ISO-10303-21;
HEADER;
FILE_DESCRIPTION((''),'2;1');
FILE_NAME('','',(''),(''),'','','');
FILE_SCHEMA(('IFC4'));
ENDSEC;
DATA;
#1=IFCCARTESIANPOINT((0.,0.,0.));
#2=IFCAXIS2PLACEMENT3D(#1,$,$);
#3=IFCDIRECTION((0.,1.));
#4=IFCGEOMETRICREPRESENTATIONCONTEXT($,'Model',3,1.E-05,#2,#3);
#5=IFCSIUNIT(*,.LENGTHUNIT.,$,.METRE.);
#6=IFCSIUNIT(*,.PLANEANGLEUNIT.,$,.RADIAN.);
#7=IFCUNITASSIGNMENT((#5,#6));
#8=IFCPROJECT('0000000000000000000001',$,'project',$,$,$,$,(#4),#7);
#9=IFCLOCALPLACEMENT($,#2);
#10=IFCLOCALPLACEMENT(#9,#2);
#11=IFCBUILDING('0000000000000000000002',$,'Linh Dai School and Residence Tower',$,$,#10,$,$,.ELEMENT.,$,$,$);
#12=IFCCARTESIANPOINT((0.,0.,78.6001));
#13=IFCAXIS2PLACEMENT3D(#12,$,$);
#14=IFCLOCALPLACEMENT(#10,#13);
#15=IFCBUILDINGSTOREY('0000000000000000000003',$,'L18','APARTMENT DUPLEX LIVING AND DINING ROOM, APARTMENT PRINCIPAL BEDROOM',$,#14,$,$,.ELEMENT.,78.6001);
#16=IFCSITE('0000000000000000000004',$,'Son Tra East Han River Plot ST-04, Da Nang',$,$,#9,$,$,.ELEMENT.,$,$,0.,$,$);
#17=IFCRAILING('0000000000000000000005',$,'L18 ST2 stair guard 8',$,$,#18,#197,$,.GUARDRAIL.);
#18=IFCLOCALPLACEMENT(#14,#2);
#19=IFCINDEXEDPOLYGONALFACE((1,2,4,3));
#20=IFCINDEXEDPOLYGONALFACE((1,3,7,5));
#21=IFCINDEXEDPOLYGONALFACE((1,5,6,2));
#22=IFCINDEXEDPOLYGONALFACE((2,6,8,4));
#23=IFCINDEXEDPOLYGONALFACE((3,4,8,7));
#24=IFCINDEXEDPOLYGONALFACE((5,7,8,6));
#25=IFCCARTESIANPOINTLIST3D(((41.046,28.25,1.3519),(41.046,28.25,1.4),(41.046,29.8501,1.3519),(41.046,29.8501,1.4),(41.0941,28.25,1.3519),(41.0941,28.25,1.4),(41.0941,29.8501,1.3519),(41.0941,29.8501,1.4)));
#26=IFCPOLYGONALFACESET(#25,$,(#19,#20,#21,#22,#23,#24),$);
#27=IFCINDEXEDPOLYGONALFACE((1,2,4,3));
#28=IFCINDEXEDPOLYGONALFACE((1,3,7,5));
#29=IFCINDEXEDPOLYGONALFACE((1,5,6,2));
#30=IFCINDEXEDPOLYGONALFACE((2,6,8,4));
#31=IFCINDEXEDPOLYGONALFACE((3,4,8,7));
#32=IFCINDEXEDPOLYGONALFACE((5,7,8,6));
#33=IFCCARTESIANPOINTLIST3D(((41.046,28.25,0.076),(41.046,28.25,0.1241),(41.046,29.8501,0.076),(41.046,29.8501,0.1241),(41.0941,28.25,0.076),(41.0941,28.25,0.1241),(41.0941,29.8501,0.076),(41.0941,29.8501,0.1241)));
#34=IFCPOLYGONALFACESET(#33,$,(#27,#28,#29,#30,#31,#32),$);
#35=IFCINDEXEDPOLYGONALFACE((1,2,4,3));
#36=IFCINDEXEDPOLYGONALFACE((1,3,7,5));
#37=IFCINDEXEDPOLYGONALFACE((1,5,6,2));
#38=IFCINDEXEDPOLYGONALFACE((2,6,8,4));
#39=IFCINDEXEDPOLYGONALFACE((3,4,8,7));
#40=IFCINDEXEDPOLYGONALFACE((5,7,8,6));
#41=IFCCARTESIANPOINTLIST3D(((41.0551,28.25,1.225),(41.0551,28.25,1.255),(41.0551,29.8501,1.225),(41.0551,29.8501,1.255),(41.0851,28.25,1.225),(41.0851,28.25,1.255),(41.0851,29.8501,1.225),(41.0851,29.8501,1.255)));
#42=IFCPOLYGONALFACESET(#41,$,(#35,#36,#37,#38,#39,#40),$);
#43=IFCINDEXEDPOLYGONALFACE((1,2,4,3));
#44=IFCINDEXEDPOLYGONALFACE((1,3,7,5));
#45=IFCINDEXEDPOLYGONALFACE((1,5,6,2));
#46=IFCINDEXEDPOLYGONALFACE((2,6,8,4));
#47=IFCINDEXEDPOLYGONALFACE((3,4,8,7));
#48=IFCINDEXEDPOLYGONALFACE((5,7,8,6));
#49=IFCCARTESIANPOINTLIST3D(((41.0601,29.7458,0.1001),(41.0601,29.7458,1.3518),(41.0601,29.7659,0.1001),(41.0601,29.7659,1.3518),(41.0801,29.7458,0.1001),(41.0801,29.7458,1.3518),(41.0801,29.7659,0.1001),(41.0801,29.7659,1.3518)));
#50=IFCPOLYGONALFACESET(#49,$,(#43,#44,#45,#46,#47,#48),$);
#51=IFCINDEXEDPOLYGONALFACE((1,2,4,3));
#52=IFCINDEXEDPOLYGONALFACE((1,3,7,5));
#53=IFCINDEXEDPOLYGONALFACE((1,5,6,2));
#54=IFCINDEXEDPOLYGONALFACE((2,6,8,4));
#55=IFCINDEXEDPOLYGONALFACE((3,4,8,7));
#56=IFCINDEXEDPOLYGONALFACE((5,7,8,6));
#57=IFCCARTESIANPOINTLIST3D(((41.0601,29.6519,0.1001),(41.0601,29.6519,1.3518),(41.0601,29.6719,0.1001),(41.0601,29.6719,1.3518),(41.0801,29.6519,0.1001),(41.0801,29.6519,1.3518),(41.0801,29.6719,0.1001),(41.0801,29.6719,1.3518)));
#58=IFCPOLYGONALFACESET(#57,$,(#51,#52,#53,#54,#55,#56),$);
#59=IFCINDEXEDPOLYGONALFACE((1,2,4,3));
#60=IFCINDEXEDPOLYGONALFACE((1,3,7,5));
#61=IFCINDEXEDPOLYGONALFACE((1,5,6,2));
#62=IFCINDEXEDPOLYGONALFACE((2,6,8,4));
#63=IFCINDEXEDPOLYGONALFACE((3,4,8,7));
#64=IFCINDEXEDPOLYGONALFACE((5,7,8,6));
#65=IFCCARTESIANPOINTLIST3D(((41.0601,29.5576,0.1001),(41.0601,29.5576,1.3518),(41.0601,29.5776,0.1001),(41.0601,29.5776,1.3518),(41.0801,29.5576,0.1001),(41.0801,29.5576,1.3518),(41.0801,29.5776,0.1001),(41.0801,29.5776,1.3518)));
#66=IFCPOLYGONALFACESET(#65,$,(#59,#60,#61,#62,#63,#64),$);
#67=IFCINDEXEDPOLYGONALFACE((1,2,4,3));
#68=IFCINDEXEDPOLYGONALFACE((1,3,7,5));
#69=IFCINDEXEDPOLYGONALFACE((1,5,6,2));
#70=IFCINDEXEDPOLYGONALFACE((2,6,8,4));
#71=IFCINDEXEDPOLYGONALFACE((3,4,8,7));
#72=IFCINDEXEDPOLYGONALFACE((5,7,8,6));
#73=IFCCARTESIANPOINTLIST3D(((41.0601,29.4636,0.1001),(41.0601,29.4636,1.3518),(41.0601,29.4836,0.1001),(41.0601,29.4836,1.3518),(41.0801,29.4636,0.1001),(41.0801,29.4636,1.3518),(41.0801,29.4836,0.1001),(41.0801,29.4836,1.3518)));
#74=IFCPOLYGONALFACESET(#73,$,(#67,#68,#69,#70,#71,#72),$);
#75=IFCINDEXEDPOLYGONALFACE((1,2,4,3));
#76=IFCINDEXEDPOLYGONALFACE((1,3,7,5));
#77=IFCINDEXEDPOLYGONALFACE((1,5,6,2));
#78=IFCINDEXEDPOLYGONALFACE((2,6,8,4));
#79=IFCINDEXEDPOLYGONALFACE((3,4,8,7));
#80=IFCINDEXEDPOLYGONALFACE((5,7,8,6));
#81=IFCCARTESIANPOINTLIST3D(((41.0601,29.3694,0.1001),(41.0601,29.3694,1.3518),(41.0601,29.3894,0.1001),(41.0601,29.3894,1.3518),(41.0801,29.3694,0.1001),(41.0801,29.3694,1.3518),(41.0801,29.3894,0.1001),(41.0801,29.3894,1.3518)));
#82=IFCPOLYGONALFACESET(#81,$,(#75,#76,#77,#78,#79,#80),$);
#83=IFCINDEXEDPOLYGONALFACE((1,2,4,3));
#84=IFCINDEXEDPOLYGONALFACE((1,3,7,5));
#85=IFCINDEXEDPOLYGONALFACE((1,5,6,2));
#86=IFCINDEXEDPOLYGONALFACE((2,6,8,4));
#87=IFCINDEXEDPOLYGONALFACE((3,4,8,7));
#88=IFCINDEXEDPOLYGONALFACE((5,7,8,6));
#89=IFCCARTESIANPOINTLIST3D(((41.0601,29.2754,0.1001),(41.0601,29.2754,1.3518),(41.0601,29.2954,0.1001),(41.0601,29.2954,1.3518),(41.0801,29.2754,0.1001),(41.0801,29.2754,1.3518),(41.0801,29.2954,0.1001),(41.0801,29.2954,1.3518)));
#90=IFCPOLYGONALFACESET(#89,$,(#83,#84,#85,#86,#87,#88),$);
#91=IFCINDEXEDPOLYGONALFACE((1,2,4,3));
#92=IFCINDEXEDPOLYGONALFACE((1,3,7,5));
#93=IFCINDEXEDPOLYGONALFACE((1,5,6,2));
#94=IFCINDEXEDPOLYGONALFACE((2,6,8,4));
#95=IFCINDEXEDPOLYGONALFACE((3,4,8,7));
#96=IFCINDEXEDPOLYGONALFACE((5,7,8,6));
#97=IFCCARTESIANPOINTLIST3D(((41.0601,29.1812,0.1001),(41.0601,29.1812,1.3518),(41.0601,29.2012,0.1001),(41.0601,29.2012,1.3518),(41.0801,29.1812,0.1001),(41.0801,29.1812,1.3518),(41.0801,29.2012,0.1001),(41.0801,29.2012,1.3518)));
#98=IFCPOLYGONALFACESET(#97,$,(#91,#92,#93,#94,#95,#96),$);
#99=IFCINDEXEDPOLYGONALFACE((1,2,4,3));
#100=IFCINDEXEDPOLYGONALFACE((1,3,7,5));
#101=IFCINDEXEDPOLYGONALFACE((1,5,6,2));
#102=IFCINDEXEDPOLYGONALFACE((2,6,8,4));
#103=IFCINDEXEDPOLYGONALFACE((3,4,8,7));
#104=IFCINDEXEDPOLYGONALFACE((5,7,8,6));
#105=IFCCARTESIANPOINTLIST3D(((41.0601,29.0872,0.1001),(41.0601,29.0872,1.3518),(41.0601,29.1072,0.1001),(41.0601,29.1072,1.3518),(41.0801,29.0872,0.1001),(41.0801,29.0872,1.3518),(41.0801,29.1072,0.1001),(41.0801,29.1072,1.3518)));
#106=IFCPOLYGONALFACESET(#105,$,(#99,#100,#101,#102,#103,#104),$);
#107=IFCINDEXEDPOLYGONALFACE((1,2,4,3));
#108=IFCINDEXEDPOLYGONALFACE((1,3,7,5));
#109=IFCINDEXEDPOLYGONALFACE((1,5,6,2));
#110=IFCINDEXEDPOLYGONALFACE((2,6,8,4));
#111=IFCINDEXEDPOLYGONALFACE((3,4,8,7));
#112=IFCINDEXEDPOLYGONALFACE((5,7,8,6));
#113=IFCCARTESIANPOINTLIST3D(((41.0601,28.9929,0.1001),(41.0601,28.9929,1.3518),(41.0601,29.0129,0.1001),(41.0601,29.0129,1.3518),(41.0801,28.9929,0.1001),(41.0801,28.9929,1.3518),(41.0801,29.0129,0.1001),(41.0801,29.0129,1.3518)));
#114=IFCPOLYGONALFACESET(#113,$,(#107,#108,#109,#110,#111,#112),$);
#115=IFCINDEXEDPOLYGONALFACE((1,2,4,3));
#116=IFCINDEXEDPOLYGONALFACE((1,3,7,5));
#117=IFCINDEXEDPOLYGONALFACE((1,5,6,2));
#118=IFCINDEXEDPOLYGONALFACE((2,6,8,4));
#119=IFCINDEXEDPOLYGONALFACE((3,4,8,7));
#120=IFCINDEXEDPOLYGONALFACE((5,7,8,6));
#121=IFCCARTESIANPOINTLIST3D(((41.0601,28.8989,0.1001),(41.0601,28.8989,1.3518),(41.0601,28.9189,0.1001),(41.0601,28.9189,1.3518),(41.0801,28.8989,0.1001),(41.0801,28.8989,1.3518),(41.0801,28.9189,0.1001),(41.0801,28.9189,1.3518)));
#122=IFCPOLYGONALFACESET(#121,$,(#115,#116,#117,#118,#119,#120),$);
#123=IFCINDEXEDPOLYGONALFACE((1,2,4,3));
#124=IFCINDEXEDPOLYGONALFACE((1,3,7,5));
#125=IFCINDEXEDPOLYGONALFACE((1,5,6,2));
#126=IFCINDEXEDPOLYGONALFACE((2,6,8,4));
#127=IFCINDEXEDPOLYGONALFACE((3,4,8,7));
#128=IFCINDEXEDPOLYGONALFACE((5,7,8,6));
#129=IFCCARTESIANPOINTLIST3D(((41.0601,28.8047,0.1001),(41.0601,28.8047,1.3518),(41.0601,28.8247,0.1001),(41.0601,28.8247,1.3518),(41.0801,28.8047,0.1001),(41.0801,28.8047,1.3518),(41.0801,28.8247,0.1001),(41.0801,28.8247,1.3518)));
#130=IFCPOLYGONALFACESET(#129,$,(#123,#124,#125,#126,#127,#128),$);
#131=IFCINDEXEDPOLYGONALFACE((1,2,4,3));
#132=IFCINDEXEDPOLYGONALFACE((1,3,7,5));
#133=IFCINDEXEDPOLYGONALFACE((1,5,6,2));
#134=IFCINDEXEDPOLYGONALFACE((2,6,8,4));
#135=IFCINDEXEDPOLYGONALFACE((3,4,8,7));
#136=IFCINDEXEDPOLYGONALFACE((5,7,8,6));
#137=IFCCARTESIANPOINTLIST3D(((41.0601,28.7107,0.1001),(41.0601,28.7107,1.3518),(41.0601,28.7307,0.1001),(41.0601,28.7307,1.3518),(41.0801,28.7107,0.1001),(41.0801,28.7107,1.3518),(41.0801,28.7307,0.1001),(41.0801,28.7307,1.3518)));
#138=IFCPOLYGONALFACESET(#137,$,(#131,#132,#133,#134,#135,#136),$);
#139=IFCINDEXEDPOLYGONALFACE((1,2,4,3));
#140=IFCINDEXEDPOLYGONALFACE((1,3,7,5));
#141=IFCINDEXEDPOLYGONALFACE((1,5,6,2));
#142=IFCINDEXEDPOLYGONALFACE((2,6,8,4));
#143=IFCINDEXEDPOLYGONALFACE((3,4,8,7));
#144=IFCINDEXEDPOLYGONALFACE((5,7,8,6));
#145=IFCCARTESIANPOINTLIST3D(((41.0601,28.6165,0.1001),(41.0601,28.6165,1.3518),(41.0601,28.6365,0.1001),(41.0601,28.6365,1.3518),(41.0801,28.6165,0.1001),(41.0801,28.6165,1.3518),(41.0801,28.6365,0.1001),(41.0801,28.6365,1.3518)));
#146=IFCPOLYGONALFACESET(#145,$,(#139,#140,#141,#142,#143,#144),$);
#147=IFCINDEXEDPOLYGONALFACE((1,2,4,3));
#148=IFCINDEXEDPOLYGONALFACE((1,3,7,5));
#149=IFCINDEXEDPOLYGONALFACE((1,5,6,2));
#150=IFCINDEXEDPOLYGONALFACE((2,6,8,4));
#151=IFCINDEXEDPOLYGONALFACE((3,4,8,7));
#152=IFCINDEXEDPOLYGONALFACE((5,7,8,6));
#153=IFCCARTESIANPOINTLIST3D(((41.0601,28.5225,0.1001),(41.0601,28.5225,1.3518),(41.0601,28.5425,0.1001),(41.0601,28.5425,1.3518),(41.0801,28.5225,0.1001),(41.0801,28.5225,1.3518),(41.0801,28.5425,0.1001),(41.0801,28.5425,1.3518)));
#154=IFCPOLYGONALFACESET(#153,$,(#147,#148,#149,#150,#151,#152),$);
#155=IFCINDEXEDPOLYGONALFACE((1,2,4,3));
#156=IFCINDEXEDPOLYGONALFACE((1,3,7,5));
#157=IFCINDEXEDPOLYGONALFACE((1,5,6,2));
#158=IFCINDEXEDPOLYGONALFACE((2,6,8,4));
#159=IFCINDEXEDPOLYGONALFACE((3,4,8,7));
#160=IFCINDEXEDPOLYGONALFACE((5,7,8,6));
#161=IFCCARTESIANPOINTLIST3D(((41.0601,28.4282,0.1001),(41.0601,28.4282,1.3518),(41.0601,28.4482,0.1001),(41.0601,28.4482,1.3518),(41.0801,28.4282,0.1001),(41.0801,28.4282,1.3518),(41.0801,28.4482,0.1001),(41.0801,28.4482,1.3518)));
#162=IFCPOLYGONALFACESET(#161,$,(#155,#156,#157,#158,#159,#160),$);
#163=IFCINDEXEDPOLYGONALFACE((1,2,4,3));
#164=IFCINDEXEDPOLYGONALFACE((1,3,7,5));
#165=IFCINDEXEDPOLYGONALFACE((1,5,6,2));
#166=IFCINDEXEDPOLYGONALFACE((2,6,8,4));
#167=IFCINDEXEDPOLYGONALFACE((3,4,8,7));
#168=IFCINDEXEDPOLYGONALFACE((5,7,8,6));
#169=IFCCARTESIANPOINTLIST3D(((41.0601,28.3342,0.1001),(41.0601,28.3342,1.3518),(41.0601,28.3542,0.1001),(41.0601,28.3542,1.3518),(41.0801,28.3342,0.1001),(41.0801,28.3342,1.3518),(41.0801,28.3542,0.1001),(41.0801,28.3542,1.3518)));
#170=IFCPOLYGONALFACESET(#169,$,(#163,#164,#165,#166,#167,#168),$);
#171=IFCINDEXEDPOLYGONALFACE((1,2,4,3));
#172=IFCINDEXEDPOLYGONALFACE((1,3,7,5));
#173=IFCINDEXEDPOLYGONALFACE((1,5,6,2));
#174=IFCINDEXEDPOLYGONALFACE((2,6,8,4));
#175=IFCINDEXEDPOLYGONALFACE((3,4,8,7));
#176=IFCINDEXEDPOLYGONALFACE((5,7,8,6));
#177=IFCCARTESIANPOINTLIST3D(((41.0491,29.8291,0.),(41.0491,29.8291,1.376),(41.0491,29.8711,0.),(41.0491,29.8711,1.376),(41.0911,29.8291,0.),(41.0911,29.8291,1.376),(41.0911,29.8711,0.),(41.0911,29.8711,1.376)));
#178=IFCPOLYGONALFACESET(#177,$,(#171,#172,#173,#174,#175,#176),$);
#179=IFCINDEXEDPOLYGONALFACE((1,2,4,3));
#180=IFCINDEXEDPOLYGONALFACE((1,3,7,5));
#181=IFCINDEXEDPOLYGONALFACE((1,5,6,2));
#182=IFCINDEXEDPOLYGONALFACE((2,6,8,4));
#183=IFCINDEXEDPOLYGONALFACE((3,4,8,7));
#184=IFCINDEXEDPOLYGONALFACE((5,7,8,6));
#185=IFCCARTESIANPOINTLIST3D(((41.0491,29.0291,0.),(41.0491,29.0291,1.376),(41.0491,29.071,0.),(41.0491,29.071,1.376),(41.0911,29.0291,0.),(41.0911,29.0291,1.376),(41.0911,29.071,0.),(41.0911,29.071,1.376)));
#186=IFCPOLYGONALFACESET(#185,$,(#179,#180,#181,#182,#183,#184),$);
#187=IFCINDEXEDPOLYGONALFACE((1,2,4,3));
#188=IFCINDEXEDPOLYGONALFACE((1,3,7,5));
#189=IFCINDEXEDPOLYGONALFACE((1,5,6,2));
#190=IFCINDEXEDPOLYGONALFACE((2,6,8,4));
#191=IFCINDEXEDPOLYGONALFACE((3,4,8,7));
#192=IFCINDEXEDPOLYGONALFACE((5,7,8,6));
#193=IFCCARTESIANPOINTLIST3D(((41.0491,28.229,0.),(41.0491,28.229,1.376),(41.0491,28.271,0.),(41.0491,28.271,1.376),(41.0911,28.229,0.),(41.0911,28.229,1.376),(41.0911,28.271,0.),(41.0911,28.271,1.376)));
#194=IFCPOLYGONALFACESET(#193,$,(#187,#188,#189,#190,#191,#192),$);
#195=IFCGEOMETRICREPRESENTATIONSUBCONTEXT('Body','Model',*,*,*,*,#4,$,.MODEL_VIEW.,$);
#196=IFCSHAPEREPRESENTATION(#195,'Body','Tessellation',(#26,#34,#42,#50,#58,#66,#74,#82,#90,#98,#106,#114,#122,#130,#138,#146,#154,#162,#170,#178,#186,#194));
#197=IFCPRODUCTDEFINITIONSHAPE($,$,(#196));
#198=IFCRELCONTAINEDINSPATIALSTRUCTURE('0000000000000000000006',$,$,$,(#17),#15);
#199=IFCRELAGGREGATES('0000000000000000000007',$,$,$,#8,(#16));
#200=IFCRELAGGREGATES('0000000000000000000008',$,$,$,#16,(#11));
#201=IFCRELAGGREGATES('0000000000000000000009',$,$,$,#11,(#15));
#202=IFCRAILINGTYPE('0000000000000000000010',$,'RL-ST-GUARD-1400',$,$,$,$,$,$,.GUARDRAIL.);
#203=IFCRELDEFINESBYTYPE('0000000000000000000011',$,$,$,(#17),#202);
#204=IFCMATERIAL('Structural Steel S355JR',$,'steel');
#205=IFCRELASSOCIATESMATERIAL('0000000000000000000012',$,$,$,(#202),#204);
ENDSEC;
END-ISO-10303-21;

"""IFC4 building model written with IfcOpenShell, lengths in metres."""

from ifc_helpers import new_model, si_unit, direction, frame, origin, origin_2d, place, context, subcontext, project, spatial, rectangle, extrude, source, transform, mapped, material, type_object, element, save


model = new_model("IFC4")

# Units and contexts
model_context = context("Model", 3, precision=1e-05, world=origin(), true_north=direction((0.0, 1.0)))
body_context = subcontext(model_context, "Body", "Model", "MODEL_VIEW")
ifc_project = project(units=[si_unit("LENGTHUNIT", "METRE"), si_unit("PLANEANGLEUNIT", "RADIAN")], contexts=[model_context])

# Site, building, storey
site_placement = place(None, origin())
site = spatial("IfcSite", under=ifc_project, at=site_placement, Name="Son Tra East Han River Plot ST-04, Da Nang", CompositionType="ELEMENT", RefElevation=0.0)
building_placement = place(site_placement, origin())
building = spatial("IfcBuilding", under=site, at=building_placement, Name="Linh Dai School and Residence Tower", CompositionType="ELEMENT")
storey_placement = place(building_placement, frame((0.0, 0.0, 78.6001)))
storey = spatial("IfcBuildingStorey", under=building, at=storey_placement, Name="L18", Description="APARTMENT DUPLEX LIVING AND DINING ROOM, APARTMENT PRINCIPAL BEDROOM", CompositionType="ELEMENT", Elevation=78.6001)

# Shared definitions
ifc_material_1 = material(Name="Structural Steel S355JR", Category="steel")

# Railing
railing_type_1 = type_object("IfcRailingType", Name="RL-ST-GUARD-1400", PredefinedType="GUARDRAIL", material=ifc_material_1)
shared_shape_1 = source(origin(), body_context, "Body", "SweptSolid", [
    extrude(rectangle(XDim=0.0481, YDim=0.0481, at=origin_2d()), frame((0.0, 0.0, 1.376), z_axis=(0.0, -1.0, 0.0), x_axis=(1.0, 0.0, 0.0)), (0.0, 0.0, 1.0), 1.6001),
    extrude(rectangle(XDim=0.0481, YDim=0.0481, at=origin_2d()), frame((0.0, 0.0, 0.1001), z_axis=(0.0, -1.0, 0.0), x_axis=(1.0, 0.0, 0.0)), (0.0, 0.0, 1.0), 1.6001),
    extrude(rectangle(XDim=0.03, YDim=0.03, at=origin_2d()), frame((0.0, 0.0, 1.24), z_axis=(0.0, -1.0, 0.0), x_axis=(1.0, 0.0, 0.0)), (0.0, 0.0, 1.0), 1.6001),
    extrude(rectangle(XDim=0.02, YDim=0.02, at=origin_2d()), frame((0.0, -0.0942, 0.1001)), (0.0, 0.0, 1.0), 1.2517),
    extrude(rectangle(XDim=0.02, YDim=0.02, at=origin_2d()), frame((0.0, -0.1882, 0.1001)), (0.0, 0.0, 1.0), 1.2517),
    extrude(rectangle(XDim=0.02, YDim=0.02, at=origin_2d()), frame((0.0, -0.2825, 0.1001)), (0.0, 0.0, 1.0), 1.2517),
    extrude(rectangle(XDim=0.02, YDim=0.02, at=origin_2d()), frame((0.0, -0.3765, 0.1001)), (0.0, 0.0, 1.0), 1.2517),
    extrude(rectangle(XDim=0.02, YDim=0.02, at=origin_2d()), frame((0.0, -0.4707, 0.1001)), (0.0, 0.0, 1.0), 1.2517),
    extrude(rectangle(XDim=0.02, YDim=0.02, at=origin_2d()), frame((0.0, -0.5647, 0.1001)), (0.0, 0.0, 1.0), 1.2517),
    extrude(rectangle(XDim=0.02, YDim=0.02, at=origin_2d()), frame((0.0, -0.6589, 0.1001)), (0.0, 0.0, 1.0), 1.2517),
    extrude(rectangle(XDim=0.02, YDim=0.02, at=origin_2d()), frame((0.0, -0.7529, 0.1001)), (0.0, 0.0, 1.0), 1.2517),
    extrude(rectangle(XDim=0.02, YDim=0.02, at=origin_2d()), frame((0.0, -0.8472, 0.1001)), (0.0, 0.0, 1.0), 1.2517),
    extrude(rectangle(XDim=0.02, YDim=0.02, at=origin_2d()), frame((0.0, -0.9412, 0.1001)), (0.0, 0.0, 1.0), 1.2517),
    extrude(rectangle(XDim=0.02, YDim=0.02, at=origin_2d()), frame((0.0, -1.0354, 0.1001)), (0.0, 0.0, 1.0), 1.2517),
    extrude(rectangle(XDim=0.02, YDim=0.02, at=origin_2d()), frame((0.0, -1.1294, 0.1001)), (0.0, 0.0, 1.0), 1.2517),
    extrude(rectangle(XDim=0.02, YDim=0.02, at=origin_2d()), frame((0.0, -1.2236, 0.1001)), (0.0, 0.0, 1.0), 1.2517),
    extrude(rectangle(XDim=0.02, YDim=0.02, at=origin_2d()), frame((0.0, -1.3176, 0.1001)), (0.0, 0.0, 1.0), 1.2517),
    extrude(rectangle(XDim=0.02, YDim=0.02, at=origin_2d()), frame((0.0, -1.4119, 0.1001)), (0.0, 0.0, 1.0), 1.2517),
    extrude(rectangle(XDim=0.02, YDim=0.02, at=origin_2d()), frame((0.0, -1.5059, 0.1001)), (0.0, 0.0, 1.0), 1.2517),
    extrude(rectangle(XDim=0.042, YDim=0.042, at=origin_2d()), origin(), (0.0, 0.0, 1.0), 1.376),
    extrude(rectangle(XDim=0.042, YDim=0.042, at=origin_2d()), frame((0.0, -0.8, 0.0)), (0.0, 0.0, 1.0), 1.376),
    extrude(rectangle(XDim=0.042, YDim=0.042, at=origin_2d()), frame((0.0, -1.6001, 0.0)), (0.0, 0.0, 1.0), 1.376),
])
for number, where, name in (
    (1, (41.0701, 29.8501, 0.0), "L18 ST2 stair guard 8"),
):
    element("IfcRailing", number, at=place(storey_placement, frame(where)), inside=storey, type_object=railing_type_1, Name=name, PredefinedType="GUARDRAIL", context=body_context, shape_type="MappedRepresentation", body=[
        mapped(shared_shape_1, transform((0.0, 0.0, 0.0), x_axis=(1.0, 0.0, 0.0), y_axis=(0.0, 1.0, 0.0), z_axis=(0.0, 0.0, 1.0), scale=1.0)),
    ])

save(model, "model.ifc")
